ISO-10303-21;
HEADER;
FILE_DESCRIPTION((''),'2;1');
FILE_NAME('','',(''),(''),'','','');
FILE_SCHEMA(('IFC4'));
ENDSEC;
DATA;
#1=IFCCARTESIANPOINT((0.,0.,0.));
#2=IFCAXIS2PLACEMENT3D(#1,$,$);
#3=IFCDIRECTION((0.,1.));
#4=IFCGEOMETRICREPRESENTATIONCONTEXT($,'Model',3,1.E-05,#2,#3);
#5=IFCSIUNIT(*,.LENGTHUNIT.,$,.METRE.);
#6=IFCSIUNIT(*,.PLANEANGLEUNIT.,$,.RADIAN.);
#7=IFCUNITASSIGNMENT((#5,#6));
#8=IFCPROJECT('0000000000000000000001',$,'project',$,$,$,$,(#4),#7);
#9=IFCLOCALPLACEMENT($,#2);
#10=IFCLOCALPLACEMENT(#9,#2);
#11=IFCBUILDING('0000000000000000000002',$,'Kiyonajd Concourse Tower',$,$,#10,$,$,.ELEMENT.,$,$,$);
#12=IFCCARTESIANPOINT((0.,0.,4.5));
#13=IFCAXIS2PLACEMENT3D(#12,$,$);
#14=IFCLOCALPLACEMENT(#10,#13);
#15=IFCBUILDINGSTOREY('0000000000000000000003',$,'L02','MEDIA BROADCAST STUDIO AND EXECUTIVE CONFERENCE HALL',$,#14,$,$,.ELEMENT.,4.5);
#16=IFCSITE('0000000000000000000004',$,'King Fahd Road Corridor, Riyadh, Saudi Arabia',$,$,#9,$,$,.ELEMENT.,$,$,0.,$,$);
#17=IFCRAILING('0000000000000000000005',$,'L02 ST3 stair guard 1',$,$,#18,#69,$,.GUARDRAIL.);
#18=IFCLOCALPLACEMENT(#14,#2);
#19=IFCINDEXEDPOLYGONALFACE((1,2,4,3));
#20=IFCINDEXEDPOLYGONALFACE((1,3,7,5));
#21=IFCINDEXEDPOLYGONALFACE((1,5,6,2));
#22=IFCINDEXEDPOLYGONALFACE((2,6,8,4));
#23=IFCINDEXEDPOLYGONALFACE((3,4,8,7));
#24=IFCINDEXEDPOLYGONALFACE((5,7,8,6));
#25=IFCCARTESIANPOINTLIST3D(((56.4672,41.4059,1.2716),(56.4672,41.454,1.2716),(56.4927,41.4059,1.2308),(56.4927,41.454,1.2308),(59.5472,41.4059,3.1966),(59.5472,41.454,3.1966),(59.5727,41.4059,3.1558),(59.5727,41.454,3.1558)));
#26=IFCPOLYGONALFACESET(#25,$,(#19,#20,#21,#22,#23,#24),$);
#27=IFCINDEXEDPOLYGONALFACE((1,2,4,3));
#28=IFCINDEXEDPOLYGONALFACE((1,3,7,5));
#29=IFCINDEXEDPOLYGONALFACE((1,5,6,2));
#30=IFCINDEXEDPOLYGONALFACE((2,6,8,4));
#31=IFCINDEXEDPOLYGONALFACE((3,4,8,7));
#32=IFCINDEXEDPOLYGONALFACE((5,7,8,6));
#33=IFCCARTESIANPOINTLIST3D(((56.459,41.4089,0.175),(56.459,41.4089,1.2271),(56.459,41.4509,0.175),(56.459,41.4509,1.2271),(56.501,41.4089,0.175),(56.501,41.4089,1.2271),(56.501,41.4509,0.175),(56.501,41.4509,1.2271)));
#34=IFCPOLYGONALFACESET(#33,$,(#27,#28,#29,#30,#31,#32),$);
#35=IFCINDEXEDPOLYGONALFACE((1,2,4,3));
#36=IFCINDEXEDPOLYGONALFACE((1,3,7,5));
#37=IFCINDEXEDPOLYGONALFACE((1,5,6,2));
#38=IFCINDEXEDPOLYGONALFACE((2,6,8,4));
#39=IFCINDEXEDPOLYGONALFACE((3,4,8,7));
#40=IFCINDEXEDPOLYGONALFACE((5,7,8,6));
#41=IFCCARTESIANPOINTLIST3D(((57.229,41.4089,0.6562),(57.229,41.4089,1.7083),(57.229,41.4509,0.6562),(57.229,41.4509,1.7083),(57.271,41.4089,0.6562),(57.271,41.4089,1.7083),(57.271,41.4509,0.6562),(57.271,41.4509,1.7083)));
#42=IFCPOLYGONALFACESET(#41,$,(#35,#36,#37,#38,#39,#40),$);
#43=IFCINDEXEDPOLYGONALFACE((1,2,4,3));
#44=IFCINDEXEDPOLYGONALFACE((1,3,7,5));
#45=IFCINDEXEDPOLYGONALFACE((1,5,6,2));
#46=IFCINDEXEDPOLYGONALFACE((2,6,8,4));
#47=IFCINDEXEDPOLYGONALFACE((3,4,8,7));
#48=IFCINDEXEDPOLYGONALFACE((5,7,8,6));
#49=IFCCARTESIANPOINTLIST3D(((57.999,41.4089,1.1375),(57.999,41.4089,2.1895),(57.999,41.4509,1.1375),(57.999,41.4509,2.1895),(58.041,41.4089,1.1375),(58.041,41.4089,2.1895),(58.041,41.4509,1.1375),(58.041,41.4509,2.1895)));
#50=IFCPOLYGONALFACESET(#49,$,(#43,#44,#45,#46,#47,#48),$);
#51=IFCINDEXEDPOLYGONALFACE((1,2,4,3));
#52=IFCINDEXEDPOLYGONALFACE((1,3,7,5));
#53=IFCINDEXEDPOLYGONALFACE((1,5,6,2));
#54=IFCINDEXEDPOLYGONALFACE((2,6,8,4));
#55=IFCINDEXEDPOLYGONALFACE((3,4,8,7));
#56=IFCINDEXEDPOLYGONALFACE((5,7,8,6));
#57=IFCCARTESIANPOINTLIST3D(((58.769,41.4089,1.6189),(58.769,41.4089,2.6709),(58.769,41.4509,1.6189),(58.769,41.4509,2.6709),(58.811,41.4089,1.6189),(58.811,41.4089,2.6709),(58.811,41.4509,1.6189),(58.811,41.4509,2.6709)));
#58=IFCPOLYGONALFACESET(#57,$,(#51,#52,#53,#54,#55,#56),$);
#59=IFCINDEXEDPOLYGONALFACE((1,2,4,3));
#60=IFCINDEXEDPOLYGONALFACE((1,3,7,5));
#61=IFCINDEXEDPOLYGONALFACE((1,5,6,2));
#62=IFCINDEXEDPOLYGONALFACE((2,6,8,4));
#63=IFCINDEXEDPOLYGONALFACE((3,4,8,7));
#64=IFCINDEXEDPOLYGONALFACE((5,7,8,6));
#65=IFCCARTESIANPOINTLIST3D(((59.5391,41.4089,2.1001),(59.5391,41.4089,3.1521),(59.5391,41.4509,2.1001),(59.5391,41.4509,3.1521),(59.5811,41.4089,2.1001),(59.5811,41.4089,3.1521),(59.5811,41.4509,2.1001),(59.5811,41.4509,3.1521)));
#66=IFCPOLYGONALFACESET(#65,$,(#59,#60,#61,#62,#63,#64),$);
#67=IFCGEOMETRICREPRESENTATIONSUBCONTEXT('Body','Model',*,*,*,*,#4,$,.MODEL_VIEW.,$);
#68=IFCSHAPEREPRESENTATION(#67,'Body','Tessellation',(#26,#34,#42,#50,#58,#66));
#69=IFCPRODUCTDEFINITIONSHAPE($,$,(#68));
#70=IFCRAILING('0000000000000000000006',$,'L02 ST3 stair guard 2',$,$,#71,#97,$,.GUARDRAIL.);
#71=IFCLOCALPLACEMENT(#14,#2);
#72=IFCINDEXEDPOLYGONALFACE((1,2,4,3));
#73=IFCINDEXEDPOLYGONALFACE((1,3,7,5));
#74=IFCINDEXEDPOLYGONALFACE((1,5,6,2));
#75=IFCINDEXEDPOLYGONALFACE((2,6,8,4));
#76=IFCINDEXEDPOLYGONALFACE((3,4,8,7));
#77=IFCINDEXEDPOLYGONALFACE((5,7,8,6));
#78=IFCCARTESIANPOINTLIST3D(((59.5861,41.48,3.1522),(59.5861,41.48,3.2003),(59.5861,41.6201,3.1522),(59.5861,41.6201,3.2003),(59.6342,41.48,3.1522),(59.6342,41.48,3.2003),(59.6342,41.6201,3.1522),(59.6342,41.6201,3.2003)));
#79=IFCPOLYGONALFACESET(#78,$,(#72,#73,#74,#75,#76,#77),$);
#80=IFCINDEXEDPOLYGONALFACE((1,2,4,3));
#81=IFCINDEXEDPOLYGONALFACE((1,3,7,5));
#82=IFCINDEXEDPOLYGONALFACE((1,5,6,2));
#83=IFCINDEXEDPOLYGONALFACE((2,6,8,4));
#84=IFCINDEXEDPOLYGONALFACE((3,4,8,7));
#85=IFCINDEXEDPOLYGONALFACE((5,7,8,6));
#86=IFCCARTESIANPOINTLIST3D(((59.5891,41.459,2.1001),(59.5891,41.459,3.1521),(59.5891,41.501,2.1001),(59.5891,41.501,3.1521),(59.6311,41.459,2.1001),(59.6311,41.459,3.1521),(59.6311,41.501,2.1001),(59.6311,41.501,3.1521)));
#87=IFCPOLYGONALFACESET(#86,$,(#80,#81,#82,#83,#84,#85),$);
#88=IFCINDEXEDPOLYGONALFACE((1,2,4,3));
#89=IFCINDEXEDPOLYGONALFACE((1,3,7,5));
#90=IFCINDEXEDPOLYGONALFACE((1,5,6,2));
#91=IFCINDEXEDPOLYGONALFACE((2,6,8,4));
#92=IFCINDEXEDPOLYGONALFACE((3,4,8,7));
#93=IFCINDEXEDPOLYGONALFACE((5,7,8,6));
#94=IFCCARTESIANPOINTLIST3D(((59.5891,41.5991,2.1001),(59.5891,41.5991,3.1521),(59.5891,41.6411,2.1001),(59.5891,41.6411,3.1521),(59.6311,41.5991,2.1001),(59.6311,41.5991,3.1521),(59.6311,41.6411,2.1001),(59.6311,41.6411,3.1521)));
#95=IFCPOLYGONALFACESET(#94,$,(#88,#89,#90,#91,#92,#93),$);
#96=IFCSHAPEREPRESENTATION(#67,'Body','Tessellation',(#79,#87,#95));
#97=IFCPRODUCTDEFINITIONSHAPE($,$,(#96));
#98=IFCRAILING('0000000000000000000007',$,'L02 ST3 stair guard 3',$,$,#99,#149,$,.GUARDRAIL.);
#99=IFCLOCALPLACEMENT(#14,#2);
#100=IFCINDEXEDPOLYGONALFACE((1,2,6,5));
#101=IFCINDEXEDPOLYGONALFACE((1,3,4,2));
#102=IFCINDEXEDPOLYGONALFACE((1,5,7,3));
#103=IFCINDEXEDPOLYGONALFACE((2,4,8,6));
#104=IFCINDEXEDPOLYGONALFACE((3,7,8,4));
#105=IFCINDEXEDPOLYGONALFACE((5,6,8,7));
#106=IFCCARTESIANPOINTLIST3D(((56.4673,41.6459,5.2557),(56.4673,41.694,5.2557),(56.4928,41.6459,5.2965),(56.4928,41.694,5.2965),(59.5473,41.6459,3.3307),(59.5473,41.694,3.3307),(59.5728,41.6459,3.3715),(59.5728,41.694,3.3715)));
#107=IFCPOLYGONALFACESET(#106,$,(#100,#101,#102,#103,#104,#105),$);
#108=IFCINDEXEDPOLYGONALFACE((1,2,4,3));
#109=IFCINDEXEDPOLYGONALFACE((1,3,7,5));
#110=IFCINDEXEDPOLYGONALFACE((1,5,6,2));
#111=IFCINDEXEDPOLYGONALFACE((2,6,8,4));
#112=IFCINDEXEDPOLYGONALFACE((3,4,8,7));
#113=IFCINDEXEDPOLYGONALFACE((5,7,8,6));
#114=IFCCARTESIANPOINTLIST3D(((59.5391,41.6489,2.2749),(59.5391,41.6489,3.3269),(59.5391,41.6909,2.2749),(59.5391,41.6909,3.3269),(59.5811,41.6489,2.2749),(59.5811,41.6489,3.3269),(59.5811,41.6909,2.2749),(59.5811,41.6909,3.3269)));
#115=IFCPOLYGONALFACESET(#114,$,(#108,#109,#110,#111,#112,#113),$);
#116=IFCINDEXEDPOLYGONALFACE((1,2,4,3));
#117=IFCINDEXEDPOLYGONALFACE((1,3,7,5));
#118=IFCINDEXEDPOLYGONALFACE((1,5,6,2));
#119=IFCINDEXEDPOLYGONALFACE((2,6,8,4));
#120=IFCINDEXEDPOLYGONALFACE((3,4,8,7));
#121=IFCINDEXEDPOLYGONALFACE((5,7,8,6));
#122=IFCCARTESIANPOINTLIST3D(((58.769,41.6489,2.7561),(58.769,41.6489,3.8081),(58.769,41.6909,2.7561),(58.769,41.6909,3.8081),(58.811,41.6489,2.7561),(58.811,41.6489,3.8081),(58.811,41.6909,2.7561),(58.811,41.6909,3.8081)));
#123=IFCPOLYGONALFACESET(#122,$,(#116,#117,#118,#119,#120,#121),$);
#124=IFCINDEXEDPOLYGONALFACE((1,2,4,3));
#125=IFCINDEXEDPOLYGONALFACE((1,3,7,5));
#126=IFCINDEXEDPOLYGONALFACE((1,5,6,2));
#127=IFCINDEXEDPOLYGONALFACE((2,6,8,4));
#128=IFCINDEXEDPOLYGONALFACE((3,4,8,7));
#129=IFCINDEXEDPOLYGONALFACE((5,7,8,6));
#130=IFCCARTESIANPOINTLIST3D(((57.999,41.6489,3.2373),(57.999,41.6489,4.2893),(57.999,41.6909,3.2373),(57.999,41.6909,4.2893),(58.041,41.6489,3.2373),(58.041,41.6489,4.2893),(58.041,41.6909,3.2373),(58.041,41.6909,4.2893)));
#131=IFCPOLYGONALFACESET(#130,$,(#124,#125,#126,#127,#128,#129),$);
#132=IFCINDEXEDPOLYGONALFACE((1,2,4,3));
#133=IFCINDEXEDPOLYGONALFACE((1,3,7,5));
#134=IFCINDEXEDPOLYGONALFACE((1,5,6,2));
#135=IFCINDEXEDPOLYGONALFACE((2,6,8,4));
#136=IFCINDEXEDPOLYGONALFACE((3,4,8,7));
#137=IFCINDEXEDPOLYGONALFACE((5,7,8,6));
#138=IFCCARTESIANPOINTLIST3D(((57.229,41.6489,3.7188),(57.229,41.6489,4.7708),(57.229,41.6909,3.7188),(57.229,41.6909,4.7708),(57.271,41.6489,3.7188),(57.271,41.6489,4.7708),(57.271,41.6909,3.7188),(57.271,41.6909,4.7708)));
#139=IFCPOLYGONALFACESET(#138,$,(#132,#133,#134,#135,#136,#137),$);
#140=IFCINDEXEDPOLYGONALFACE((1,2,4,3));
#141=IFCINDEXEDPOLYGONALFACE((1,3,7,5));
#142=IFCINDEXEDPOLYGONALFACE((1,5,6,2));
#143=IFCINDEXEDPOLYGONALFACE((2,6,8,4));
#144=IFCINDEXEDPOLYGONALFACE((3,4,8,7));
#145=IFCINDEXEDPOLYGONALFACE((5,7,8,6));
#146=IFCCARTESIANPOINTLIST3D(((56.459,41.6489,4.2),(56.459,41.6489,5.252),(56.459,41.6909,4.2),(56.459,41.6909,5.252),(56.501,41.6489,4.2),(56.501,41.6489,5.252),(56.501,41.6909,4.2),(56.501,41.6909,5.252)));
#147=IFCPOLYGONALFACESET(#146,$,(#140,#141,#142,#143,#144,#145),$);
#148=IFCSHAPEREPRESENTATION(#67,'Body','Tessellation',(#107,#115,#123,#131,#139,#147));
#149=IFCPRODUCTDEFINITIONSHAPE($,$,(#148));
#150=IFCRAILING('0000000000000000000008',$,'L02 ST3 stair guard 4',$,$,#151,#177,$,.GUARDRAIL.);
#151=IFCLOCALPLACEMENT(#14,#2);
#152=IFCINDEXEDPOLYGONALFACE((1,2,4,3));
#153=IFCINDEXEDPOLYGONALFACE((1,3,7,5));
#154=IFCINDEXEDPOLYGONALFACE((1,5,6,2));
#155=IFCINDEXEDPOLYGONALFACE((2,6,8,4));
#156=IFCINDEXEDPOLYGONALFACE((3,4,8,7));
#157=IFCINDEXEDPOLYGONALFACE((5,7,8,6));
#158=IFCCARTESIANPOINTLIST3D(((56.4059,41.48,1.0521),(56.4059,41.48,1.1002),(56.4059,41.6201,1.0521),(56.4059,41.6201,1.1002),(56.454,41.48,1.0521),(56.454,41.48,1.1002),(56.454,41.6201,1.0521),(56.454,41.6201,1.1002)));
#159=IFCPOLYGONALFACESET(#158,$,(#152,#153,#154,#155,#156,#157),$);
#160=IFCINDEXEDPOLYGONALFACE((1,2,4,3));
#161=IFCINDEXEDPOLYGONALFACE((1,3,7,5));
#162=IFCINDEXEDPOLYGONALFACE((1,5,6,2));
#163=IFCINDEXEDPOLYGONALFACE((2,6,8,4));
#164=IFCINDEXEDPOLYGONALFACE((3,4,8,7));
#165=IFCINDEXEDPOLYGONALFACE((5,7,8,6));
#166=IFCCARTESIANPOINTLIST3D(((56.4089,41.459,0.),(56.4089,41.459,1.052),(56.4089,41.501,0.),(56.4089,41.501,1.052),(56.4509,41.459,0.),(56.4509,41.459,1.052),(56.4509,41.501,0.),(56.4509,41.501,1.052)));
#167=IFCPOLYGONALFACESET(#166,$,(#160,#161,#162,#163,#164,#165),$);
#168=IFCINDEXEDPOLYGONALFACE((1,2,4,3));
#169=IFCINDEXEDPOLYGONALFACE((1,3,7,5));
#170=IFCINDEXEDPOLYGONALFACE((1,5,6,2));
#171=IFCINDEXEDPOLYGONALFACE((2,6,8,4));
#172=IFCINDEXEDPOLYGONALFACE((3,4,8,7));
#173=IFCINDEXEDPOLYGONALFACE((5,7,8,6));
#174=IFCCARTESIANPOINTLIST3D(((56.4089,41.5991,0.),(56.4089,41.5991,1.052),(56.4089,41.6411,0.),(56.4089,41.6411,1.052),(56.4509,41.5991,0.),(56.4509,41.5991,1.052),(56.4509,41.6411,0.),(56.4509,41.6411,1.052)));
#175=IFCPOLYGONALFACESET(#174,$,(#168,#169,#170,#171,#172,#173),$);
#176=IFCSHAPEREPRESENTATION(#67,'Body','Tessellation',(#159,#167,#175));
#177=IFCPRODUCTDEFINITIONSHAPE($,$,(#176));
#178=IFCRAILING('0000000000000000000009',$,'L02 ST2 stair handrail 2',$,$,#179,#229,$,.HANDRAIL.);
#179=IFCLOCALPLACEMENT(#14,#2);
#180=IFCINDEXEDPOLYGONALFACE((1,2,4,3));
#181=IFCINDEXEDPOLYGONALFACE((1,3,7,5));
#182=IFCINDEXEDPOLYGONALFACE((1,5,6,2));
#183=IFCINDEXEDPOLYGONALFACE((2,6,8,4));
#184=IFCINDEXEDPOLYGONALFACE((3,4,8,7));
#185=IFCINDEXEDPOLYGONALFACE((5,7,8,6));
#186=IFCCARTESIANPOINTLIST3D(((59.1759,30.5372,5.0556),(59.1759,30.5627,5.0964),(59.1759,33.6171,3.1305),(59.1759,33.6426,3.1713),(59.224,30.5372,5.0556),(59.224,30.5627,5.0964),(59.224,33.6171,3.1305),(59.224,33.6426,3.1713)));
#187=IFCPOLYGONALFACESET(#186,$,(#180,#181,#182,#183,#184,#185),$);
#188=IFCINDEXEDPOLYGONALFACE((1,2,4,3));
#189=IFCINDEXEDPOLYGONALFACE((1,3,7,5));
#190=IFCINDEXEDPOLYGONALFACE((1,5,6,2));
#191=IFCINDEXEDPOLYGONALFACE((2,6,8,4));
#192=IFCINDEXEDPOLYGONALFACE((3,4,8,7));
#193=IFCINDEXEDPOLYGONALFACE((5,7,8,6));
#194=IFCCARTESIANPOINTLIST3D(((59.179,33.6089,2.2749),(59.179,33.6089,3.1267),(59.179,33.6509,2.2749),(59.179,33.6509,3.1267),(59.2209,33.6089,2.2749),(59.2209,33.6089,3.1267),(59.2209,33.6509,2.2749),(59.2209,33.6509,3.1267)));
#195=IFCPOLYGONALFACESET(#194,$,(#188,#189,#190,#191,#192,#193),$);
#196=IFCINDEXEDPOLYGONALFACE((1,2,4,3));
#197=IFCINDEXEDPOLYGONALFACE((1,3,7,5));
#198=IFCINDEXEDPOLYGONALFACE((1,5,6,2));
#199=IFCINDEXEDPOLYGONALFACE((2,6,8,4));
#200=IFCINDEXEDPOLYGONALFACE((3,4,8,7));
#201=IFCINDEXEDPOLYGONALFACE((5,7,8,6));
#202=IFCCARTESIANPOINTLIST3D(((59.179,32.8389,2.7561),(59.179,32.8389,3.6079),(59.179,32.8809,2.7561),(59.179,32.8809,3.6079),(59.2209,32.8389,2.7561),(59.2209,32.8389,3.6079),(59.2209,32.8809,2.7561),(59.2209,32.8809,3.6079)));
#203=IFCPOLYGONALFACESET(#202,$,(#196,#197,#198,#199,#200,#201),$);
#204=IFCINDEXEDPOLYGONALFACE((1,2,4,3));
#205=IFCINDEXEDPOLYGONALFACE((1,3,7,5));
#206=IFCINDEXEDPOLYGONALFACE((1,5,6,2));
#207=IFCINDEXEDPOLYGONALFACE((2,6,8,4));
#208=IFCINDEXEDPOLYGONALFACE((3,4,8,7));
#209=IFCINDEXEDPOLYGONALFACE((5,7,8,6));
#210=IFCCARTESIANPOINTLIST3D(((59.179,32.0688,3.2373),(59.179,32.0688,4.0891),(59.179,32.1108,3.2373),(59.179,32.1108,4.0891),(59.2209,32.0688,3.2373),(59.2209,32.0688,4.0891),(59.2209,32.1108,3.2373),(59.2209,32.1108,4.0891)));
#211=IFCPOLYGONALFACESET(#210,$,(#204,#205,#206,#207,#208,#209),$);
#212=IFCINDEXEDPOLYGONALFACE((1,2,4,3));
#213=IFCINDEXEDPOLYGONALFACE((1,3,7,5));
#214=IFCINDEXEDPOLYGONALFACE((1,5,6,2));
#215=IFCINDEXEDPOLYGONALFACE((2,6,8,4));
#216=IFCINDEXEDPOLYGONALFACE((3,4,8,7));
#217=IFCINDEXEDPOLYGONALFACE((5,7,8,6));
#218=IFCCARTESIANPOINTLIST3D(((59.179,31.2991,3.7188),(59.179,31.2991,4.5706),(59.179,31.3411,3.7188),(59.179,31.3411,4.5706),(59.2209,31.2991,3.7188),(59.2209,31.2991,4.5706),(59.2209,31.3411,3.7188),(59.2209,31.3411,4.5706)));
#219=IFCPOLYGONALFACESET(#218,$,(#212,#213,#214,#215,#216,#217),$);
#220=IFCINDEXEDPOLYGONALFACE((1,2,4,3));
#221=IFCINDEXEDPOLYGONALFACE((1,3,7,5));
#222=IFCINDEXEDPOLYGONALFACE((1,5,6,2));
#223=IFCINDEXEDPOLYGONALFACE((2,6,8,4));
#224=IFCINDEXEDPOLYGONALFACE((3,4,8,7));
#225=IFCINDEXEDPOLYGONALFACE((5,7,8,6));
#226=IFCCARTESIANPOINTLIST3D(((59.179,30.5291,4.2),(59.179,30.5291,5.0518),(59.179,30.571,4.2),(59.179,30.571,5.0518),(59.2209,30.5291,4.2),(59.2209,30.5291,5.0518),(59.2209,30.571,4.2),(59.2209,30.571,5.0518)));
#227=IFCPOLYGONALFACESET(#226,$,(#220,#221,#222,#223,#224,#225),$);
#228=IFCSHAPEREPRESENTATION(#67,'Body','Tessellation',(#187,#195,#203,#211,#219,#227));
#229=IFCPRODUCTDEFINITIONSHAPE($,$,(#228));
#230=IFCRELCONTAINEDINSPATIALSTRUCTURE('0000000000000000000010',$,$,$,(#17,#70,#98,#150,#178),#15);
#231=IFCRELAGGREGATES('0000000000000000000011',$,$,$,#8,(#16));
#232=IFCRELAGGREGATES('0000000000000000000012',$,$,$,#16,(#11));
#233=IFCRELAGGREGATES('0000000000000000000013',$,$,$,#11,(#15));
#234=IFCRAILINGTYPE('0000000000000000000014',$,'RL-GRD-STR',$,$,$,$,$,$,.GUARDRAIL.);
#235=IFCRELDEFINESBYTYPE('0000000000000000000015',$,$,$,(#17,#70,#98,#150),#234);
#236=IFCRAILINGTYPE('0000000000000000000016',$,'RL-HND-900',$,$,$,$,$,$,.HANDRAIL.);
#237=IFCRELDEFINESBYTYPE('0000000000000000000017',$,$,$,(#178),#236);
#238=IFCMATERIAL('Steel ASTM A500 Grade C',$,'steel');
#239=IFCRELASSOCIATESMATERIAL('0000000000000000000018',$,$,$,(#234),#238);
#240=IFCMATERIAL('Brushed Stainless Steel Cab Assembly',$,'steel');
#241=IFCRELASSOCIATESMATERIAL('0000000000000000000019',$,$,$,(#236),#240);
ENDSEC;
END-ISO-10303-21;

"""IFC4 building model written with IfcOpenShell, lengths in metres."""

from ifc_helpers import new_model, si_unit, direction, frame, origin, origin_2d, place, context, subcontext, project, spatial, rectangle, extrude, material, type_object, element, save


model = new_model("IFC4")

# Units and contexts
model_context = context("Model", 3, precision=1e-05, world=origin(), true_north=direction((0.0, 1.0)))
body_context = subcontext(model_context, "Body", "Model", "MODEL_VIEW")
ifc_project = project(units=[si_unit("LENGTHUNIT", "METRE"), si_unit("PLANEANGLEUNIT", "RADIAN")], contexts=[model_context])

# Site, building, storey
site_placement = place(None, origin())
site = spatial("IfcSite", under=ifc_project, at=site_placement, Name="King Fahd Road Corridor, Riyadh, Saudi Arabia", CompositionType="ELEMENT", RefElevation=0.0)
building_placement = place(site_placement, origin())
building = spatial("IfcBuilding", under=site, at=building_placement, Name="Kiyonajd Concourse Tower", CompositionType="ELEMENT")
storey_placement = place(building_placement, frame((0.0, 0.0, 4.5)))
storey = spatial("IfcBuildingStorey", under=building, at=storey_placement, Name="L02", Description="MEDIA BROADCAST STUDIO AND EXECUTIVE CONFERENCE HALL", CompositionType="ELEMENT", Elevation=4.5)

# Shared definitions
ifc_material_1 = material(Name="Brushed Stainless Steel Cab Assembly", Category="steel")

# Railings
ifc_material_2 = material(Name="Steel ASTM A500 Grade C", Category="steel")
railing_type_1 = type_object("IfcRailingType", Name="RL-GRD-STR", PredefinedType="GUARDRAIL", material=ifc_material_2)
railing_1_placement = place(storey_placement, frame((56.48, 41.4299, 0.175)))
element("IfcRailing", 1, at=railing_1_placement, inside=storey, type_object=railing_type_1, Name="L02 ST3 stair guard 1", PredefinedType="GUARDRAIL", context=body_context, shape_type="SweptSolid", body=[
    extrude(rectangle(XDim=0.0481, YDim=0.0481, at=origin_2d()), frame((0.0, 0.0, 1.0762), z_axis=(0.847998, 0.0, 0.529999), x_axis=(0.0, 1.0, 0.0)), (0.0, 0.0, 1.0), 3.6321),
    extrude(rectangle(XDim=0.042, YDim=0.042, at=origin_2d()), origin(), (0.0, 0.0, 1.0), 1.052),
    extrude(rectangle(XDim=0.042, YDim=0.042, at=origin_2d()), frame((0.77, 0.0, 0.4812)), (0.0, 0.0, 1.0), 1.052),
    extrude(rectangle(XDim=0.042, YDim=0.042, at=origin_2d()), frame((1.54, 0.0, 0.9624)), (0.0, 0.0, 1.0), 1.052),
    extrude(rectangle(XDim=0.042, YDim=0.042, at=origin_2d()), frame((2.3101, 0.0, 1.4438)), (0.0, 0.0, 1.0), 1.052),
    extrude(rectangle(XDim=0.042, YDim=0.042, at=origin_2d()), frame((3.0801, 0.0, 1.925)), (0.0, 0.0, 1.0), 1.052),
])
railing_2_placement = place(storey_placement, frame((59.6101, 41.48, 2.1001)))
element("IfcRailing", 2, at=railing_2_placement, inside=storey, type_object=railing_type_1, Name="L02 ST3 stair guard 2", PredefinedType="GUARDRAIL", context=body_context, shape_type="SweptSolid", body=[
    extrude(rectangle(XDim=0.0481, YDim=0.0481, at=origin_2d()), frame((0.0, 0.0, 1.0762), z_axis=(0.0, 1.0, 0.0), x_axis=(-1.0, 0.0, 0.0)), (0.0, 0.0, 1.0), 0.1401),
    extrude(rectangle(XDim=0.042, YDim=0.042, at=origin_2d()), origin(), (0.0, 0.0, 1.0), 1.052),
    extrude(rectangle(XDim=0.042, YDim=0.042, at=origin_2d()), frame((0.0, 0.1401, 0.0)), (0.0, 0.0, 1.0), 1.052),
])
railing_3_placement = place(storey_placement, frame((59.5601, 41.6699, 2.2749)))
element("IfcRailing", 3, at=railing_3_placement, inside=storey, type_object=railing_type_1, Name="L02 ST3 stair guard 3", PredefinedType="GUARDRAIL", context=body_context, shape_type="SweptSolid", body=[
    extrude(rectangle(XDim=0.0481, YDim=0.0481, at=origin_2d()), frame((0.0, 0.0, 1.0762), z_axis=(-0.847998, 0.0, 0.529999), x_axis=(0.0, -1.0, 0.0)), (0.0, 0.0, 1.0), 3.6321),
    extrude(rectangle(XDim=0.042, YDim=0.042, at=origin_2d()), origin(), (0.0, 0.0, 1.0), 1.052),
    extrude(rectangle(XDim=0.042, YDim=0.042, at=origin_2d()), frame((-0.77, 0.0, 0.4812)), (0.0, 0.0, 1.0), 1.052),
    extrude(rectangle(XDim=0.042, YDim=0.042, at=origin_2d()), frame((-1.54, 0.0, 0.9624)), (0.0, 0.0, 1.0), 1.052),
    extrude(rectangle(XDim=0.042, YDim=0.042, at=origin_2d()), frame((-2.3101, 0.0, 1.4438)), (0.0, 0.0, 1.0), 1.052),
    extrude(rectangle(XDim=0.042, YDim=0.042, at=origin_2d()), frame((-3.0801, 0.0, 1.925)), (0.0, 0.0, 1.0), 1.052),
])
railing_4_placement = place(storey_placement, frame((56.4299, 41.48, 0.0)))
element("IfcRailing", 4, at=railing_4_placement, inside=storey, type_object=railing_type_1, Name="L02 ST3 stair guard 4", PredefinedType="GUARDRAIL", context=body_context, shape_type="SweptSolid", body=[
    extrude(rectangle(XDim=0.0481, YDim=0.0481, at=origin_2d()), frame((0.0, 0.0, 1.0762), z_axis=(0.0, 1.0, 0.0), x_axis=(-1.0, 0.0, 0.0)), (0.0, 0.0, 1.0), 0.1401),
    extrude(rectangle(XDim=0.042, YDim=0.042, at=origin_2d()), origin(), (0.0, 0.0, 1.0), 1.052),
    extrude(rectangle(XDim=0.042, YDim=0.042, at=origin_2d()), frame((0.0, 0.1401, 0.0)), (0.0, 0.0, 1.0), 1.052),
])
railing_type_2 = type_object("IfcRailingType", Name="RL-HND-900", PredefinedType="HANDRAIL", material=ifc_material_1)
railing_5_placement = place(storey_placement, frame((59.2, 33.6299, 2.2749)))
element("IfcRailing", 5, at=railing_5_placement, inside=storey, type_object=railing_type_2, Name="L02 ST2 stair handrail 2", PredefinedType="HANDRAIL", context=body_context, shape_type="SweptSolid", body=[
    extrude(rectangle(XDim=0.0481, YDim=0.0481, at=origin_2d()), frame((0.0, 0.0, 0.876), z_axis=(0.0, -0.847979, 0.530029), x_axis=(1.0, 0.0, 0.0)), (0.0, 0.0, 1.0), 3.6321),
    extrude(rectangle(XDim=0.042, YDim=0.042, at=origin_2d()), origin(), (0.0, 0.0, 1.0), 0.8518),
    extrude(rectangle(XDim=0.042, YDim=0.042, at=origin_2d()), frame((0.0, -0.77, 0.4812)), (0.0, 0.0, 1.0), 0.8518),
    extrude(rectangle(XDim=0.042, YDim=0.042, at=origin_2d()), frame((0.0, -1.54, 0.9624)), (0.0, 0.0, 1.0), 0.8518),
    extrude(rectangle(XDim=0.042, YDim=0.042, at=origin_2d()), frame((0.0, -2.3098, 1.4438)), (0.0, 0.0, 1.0), 0.8518),
    extrude(rectangle(XDim=0.042, YDim=0.042, at=origin_2d()), frame((0.0, -3.0798, 1.925)), (0.0, 0.0, 1.0), 0.8518),
])

save(model, "model.ifc")
